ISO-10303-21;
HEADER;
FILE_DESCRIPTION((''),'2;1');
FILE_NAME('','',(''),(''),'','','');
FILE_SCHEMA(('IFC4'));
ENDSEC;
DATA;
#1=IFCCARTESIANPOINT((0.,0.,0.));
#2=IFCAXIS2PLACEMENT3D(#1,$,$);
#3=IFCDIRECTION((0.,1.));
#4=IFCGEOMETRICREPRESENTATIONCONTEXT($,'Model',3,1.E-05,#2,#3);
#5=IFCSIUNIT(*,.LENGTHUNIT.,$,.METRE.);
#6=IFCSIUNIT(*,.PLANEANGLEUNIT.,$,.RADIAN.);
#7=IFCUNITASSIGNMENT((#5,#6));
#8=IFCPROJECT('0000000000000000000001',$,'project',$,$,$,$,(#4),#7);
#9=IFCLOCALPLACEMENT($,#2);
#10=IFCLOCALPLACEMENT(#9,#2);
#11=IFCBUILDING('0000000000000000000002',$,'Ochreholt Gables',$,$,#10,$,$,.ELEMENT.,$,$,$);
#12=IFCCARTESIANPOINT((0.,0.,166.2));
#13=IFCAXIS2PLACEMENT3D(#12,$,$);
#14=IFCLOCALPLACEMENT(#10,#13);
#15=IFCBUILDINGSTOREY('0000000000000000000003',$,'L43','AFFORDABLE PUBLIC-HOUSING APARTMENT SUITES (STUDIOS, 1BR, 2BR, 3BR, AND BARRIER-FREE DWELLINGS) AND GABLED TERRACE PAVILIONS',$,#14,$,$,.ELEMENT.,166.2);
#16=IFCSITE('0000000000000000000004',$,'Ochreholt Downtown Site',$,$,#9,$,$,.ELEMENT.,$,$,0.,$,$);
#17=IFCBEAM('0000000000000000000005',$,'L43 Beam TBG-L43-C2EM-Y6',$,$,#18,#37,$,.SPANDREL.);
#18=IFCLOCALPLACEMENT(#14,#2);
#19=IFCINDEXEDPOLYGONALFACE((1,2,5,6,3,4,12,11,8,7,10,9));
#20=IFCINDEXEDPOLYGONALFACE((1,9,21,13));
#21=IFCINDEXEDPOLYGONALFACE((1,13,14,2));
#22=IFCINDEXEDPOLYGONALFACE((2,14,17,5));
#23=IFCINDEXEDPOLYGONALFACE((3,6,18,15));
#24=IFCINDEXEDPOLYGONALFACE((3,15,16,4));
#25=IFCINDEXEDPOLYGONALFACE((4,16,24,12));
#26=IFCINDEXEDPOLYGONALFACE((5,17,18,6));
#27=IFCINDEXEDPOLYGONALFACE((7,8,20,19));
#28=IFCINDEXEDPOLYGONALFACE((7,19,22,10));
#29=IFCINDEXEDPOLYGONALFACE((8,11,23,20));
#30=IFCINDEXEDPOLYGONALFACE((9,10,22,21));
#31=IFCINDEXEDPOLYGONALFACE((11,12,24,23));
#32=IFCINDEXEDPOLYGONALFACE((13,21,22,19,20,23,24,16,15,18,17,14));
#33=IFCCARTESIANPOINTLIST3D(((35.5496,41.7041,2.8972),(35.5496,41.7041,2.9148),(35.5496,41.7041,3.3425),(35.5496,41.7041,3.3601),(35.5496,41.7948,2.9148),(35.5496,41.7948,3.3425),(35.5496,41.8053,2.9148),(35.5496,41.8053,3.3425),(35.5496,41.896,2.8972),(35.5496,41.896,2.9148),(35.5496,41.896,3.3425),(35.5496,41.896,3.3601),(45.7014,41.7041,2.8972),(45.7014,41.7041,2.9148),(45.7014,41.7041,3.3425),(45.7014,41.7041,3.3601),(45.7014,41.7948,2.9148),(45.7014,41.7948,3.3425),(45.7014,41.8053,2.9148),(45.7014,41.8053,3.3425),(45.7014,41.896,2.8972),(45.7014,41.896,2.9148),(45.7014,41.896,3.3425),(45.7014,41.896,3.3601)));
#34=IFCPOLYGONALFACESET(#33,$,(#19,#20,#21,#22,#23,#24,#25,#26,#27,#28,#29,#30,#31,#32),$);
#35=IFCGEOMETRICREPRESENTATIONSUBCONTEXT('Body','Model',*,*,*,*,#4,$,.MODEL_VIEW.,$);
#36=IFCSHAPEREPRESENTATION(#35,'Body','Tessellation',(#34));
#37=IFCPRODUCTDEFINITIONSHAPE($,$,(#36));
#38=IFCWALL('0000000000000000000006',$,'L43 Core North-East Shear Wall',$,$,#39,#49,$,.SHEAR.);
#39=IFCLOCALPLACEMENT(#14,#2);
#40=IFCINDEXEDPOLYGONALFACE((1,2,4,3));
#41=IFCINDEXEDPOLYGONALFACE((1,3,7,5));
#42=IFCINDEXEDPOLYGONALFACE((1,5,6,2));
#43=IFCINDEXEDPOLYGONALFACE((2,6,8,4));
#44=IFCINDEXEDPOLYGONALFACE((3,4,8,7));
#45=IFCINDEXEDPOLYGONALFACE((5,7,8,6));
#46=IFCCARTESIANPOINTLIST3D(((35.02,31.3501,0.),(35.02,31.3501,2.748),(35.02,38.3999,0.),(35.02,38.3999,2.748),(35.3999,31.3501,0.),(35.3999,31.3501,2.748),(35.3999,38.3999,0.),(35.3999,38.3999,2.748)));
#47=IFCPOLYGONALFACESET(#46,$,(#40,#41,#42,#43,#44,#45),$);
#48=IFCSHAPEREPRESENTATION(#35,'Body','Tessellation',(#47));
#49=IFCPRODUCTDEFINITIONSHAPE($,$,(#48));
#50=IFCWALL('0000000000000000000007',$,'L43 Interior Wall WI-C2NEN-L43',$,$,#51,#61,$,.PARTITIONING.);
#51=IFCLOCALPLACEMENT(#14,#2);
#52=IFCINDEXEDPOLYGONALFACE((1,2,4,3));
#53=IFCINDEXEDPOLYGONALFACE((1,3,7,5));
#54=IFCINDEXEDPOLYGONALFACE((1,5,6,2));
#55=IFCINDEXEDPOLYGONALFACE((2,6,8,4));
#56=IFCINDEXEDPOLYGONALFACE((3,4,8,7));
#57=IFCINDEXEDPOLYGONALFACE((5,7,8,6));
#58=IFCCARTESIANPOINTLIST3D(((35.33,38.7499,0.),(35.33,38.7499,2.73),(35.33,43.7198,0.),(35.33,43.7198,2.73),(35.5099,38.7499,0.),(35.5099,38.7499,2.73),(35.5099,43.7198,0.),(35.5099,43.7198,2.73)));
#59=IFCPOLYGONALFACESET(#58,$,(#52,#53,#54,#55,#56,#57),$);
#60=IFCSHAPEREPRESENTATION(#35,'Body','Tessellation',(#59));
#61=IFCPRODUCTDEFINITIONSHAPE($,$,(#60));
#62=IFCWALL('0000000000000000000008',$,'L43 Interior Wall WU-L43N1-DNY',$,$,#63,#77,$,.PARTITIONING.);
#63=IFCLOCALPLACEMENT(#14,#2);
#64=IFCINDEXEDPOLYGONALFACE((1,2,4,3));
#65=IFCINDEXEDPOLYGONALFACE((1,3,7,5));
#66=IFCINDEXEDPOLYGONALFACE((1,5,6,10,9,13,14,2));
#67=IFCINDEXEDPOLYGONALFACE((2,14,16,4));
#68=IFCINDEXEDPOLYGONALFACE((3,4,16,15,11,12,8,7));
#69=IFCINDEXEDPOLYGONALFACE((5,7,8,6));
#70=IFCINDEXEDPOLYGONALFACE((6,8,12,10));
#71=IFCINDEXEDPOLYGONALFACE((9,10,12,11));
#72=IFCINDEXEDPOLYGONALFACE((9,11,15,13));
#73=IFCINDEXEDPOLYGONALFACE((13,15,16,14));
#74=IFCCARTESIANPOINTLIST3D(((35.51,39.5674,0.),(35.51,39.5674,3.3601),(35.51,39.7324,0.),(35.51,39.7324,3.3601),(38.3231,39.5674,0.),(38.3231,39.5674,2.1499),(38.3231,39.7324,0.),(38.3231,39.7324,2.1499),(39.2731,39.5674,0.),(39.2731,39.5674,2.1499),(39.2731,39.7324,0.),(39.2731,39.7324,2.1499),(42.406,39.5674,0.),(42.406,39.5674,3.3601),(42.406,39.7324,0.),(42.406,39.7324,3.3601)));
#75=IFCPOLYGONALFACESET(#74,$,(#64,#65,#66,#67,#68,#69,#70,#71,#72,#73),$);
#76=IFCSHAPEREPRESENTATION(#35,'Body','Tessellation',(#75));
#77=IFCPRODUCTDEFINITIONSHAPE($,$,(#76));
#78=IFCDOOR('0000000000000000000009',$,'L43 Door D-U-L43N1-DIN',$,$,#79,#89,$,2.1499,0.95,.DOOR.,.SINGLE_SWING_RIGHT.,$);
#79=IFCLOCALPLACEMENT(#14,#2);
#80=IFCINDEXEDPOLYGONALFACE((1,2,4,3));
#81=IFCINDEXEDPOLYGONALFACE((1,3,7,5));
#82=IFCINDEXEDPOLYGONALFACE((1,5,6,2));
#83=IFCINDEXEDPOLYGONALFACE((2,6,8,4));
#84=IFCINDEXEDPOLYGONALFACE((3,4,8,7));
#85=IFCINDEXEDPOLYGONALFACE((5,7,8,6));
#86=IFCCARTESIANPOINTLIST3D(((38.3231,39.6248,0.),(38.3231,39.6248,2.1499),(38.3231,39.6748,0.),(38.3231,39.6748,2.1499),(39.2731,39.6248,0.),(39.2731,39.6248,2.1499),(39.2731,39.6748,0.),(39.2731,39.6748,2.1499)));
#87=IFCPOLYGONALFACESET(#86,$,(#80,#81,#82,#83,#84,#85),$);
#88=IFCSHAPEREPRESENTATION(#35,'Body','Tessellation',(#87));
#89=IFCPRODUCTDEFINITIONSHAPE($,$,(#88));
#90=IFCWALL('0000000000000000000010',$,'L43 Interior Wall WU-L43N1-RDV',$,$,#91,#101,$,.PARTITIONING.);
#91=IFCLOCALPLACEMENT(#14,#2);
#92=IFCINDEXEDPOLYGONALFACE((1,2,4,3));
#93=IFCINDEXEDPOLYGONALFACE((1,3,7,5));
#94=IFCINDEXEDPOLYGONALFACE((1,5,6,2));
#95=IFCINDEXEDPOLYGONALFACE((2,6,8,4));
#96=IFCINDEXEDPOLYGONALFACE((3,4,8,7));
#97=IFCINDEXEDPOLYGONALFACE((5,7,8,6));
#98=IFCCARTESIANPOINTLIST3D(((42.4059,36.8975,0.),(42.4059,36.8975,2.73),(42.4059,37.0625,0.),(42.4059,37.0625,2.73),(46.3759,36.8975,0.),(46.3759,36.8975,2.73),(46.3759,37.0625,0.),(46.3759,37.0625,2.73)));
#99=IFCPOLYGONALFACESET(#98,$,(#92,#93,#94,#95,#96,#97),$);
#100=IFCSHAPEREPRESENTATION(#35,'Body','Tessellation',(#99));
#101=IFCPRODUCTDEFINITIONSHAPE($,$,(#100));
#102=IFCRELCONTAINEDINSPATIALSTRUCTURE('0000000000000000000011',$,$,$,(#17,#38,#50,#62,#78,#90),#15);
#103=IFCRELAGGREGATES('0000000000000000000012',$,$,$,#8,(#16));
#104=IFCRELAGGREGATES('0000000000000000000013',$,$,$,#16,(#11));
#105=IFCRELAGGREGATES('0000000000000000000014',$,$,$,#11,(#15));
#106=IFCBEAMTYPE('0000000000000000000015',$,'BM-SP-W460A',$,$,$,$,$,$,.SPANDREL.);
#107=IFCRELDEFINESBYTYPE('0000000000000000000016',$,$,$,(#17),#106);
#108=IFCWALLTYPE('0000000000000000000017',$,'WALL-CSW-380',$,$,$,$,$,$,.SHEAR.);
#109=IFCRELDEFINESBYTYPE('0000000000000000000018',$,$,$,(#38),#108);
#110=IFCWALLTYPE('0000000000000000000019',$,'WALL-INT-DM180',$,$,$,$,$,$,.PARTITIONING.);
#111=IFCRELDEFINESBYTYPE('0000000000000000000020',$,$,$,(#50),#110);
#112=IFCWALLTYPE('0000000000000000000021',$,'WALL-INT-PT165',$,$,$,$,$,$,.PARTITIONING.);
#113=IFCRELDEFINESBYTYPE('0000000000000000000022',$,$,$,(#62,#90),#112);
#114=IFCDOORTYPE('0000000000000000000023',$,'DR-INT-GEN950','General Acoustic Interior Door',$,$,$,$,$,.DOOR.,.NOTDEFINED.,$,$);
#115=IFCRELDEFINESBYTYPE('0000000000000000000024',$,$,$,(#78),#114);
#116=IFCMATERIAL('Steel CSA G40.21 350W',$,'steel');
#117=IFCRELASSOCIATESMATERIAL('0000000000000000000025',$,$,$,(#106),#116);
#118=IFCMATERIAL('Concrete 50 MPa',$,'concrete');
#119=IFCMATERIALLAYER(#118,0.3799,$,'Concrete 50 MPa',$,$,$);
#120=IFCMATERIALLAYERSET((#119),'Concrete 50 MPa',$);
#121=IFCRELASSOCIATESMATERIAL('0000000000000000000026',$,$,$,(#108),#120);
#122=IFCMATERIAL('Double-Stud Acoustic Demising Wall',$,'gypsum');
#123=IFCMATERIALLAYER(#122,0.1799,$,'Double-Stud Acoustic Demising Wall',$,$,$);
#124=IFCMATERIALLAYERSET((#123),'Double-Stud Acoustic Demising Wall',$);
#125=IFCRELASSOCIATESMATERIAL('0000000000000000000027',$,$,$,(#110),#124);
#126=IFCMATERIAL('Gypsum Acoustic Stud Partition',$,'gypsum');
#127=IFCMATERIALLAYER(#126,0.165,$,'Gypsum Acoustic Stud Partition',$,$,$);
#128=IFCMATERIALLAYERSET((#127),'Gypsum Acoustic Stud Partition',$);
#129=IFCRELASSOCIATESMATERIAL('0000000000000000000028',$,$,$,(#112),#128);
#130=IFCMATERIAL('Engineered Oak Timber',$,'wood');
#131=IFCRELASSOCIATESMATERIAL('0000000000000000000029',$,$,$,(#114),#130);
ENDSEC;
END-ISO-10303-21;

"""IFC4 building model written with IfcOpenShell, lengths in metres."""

from ifc_helpers import new_model, si_unit, direction, frame, frame_2d, origin, origin_2d, place, context, subcontext, project, spatial, rectangle, i_section, extrude, material, layer, layer_set, material_profile, profile_set, type_object, element, fill, save


model = new_model("IFC4")

# Units and contexts
model_context = context("Model", 3, precision=1e-05, world=origin(), true_north=direction((0.0, 1.0)))
body_context = subcontext(model_context, "Body", "Model", "MODEL_VIEW")
ifc_project = project(units=[si_unit("LENGTHUNIT", "METRE"), si_unit("PLANEANGLEUNIT", "RADIAN")], contexts=[model_context])

# Site, building, storey
site_placement = place(None, origin())
site = spatial("IfcSite", under=ifc_project, at=site_placement, Name="Ochreholt Downtown Site", CompositionType="ELEMENT", RefElevation=0.0)
building_placement = place(site_placement, origin())
building = spatial("IfcBuilding", under=site, at=building_placement, Name="Ochreholt Gables", CompositionType="ELEMENT")
storey_placement = place(building_placement, frame((0.0, 0.0, 166.2)))
storey = spatial("IfcBuildingStorey", under=building, at=storey_placement, Name="L43", Description="AFFORDABLE PUBLIC-HOUSING APARTMENT SUITES (STUDIOS, 1BR, 2BR, 3BR, AND BARRIER-FREE DWELLINGS) AND GABLED TERRACE PAVILIONS", CompositionType="ELEMENT", Elevation=166.2)

# Shared definitions
ifc_material_1 = material(Name="Steel CSA G40.21 350W", Category="steel")
ifc_material_2 = material(Name="Concrete 50 MPa", Category="concrete")

# Beam
ifc_material_profile_1 = material_profile(ifc_material_1, i_section(OverallWidth=0.1919, OverallDepth=0.4629, WebThickness=0.0105, FlangeThickness=0.0176, at=origin_2d()), Name="W460X89")
ifc_profile_set_1 = profile_set([ifc_material_profile_1], Name="Steel CSA G40.21 350W")
beam_type_1 = type_object("IfcBeamType", Name="BM-SP-W460A", PredefinedType="SPANDREL", material=ifc_profile_set_1)
beam_1_placement = place(storey_placement, frame((35.5496, 41.8, 3.1287), z_axis=(1.0, 0.0, 0.0), x_axis=(0.0, 1.0, 0.0)))
element("IfcBeam", 1, at=beam_1_placement, inside=storey, type_object=beam_type_1, Name="L43 Beam TBG-L43-C2EM-Y6", PredefinedType="SPANDREL", context=body_context, shape_type="SweptSolid", body=[
    extrude(i_section(OverallWidth=0.1919, OverallDepth=0.4629, WebThickness=0.0105, FlangeThickness=0.0176, at=origin_2d()), origin(), (0.0, 0.0, 1.0), 10.1519),
])

# Walls
ifc_layer_1 = layer(ifc_material_2, 0.3799, Name="Concrete 50 MPa")
ifc_layer_set_1 = layer_set([ifc_layer_1], Name="Concrete 50 MPa")
wall_type_1 = type_object("IfcWallType", Name="WALL-CSW-380", PredefinedType="SHEAR", material=ifc_layer_set_1)
wall_1_placement = place(storey_placement, frame((35.21, 31.3501, 0.0), z_axis=(0.0, 0.0, 1.0), x_axis=(0.0, 1.0, 0.0)))
element("IfcWall", 2, at=wall_1_placement, inside=storey, type_object=wall_type_1, Name="L43 Core North-East Shear Wall", PredefinedType="SHEAR", context=body_context, shape_type="SweptSolid", body=[
    extrude(rectangle(XDim=7.0498, YDim=0.3799, at=frame_2d((3.5249, 0.0))), origin(), (0.0, 0.0, 1.0), 2.748),
])
ifc_material_3 = material(Name="Double-Stud Acoustic Demising Wall", Category="gypsum")
ifc_layer_2 = layer(ifc_material_3, 0.1799, Name="Double-Stud Acoustic Demising Wall")
ifc_layer_set_2 = layer_set([ifc_layer_2], Name="Double-Stud Acoustic Demising Wall")
wall_type_2 = type_object("IfcWallType", Name="WALL-INT-DM180", PredefinedType="PARTITIONING", material=ifc_layer_set_2)
wall_2_placement = place(storey_placement, frame((35.4199, 38.75, 0.0), z_axis=(0.0, 0.0, 1.0), x_axis=(0.0, 1.0, 0.0)))
element("IfcWall", 3, at=wall_2_placement, inside=storey, type_object=wall_type_2, Name="L43 Interior Wall WI-C2NEN-L43", PredefinedType="PARTITIONING", context=body_context, shape_type="SweptSolid", body=[
    extrude(rectangle(XDim=4.97, YDim=0.1799, at=frame_2d((2.4849, 0.0))), origin(), (0.0, 0.0, 1.0), 2.73),
])

# Shared definitions
ifc_material_4 = material(Name="Engineered Oak Timber", Category="wood")

# Wall, opening, door
ifc_material_5 = material(Name="Gypsum Acoustic Stud Partition", Category="gypsum")
ifc_layer_3 = layer(ifc_material_5, 0.165, Name="Gypsum Acoustic Stud Partition")
ifc_layer_set_3 = layer_set([ifc_layer_3], Name="Gypsum Acoustic Stud Partition")
wall_type_3 = type_object("IfcWallType", Name="WALL-INT-PT165", PredefinedType="PARTITIONING", material=ifc_layer_set_3)
wall_3_placement = place(storey_placement, frame((35.51, 39.6499, 0.0), z_axis=(0.0, 0.0, 1.0), x_axis=(1.0, 0.0, 0.0)))
wall_3 = element("IfcWall", 4, at=wall_3_placement, inside=storey, type_object=wall_type_3, Name="L43 Interior Wall WU-L43N1-DNY", PredefinedType="PARTITIONING", context=body_context, shape_type="SweptSolid", body=[
    extrude(rectangle(XDim=6.896, YDim=0.165, at=frame_2d((3.448, 0.0))), origin(), (0.0, 0.0, 1.0), 3.3601),
])
opening_1_placement = place(wall_3_placement, frame((2.813, 0.0, 0.0)))
opening_1 = element("IfcOpeningElement", 5, at=opening_1_placement, cuts=wall_3, PredefinedType="OPENING", context=body_context, shape_type="SweptSolid", body=[
    extrude(rectangle(XDim=0.95, YDim=2.1499, at=frame_2d((0.4751, 1.075))), frame((0.0, 0.0925, 0.0), z_axis=(0.0, -1.0, 0.0), x_axis=(1.0, 0.0, 0.0)), (0.0, 0.0, 1.0), 0.1851),
])
door_type_1 = type_object("IfcDoorType", Name="DR-INT-GEN950", Description="General Acoustic Interior Door", OperationType="NOTDEFINED", PredefinedType="DOOR", material=ifc_material_4)
door_1_placement = place(opening_1_placement, origin())
door_1 = element("IfcDoor", 6, at=door_1_placement, inside=storey, type_object=door_type_1, Name="L43 Door D-U-L43N1-DIN", OperationType="SINGLE_SWING_RIGHT", OverallHeight=2.1499, OverallWidth=0.95, PredefinedType="DOOR", context=body_context, shape_type="SweptSolid", body=[
    extrude(rectangle(XDim=0.95, YDim=2.1499, at=frame_2d((0.4751, 1.075))), frame((0.0, 0.0249, 0.0), z_axis=(0.0, -1.0, 0.0), x_axis=(1.0, 0.0, 0.0)), (0.0, 0.0, 1.0), 0.05),
])
fill(opening_1, door_1)

# Wall
wall_4_placement = place(storey_placement, frame((42.406, 36.98, 0.0), z_axis=(0.0, 0.0, 1.0), x_axis=(1.0, 0.0, 0.0)))
element("IfcWall", 7, at=wall_4_placement, inside=storey, type_object=wall_type_3, Name="L43 Interior Wall WU-L43N1-RDV", PredefinedType="PARTITIONING", context=body_context, shape_type="SweptSolid", body=[
    extrude(rectangle(XDim=3.97, YDim=0.165, at=frame_2d((1.9849, 0.0))), origin(), (0.0, 0.0, 1.0), 2.73),
])

save(model, "model.ifc")
